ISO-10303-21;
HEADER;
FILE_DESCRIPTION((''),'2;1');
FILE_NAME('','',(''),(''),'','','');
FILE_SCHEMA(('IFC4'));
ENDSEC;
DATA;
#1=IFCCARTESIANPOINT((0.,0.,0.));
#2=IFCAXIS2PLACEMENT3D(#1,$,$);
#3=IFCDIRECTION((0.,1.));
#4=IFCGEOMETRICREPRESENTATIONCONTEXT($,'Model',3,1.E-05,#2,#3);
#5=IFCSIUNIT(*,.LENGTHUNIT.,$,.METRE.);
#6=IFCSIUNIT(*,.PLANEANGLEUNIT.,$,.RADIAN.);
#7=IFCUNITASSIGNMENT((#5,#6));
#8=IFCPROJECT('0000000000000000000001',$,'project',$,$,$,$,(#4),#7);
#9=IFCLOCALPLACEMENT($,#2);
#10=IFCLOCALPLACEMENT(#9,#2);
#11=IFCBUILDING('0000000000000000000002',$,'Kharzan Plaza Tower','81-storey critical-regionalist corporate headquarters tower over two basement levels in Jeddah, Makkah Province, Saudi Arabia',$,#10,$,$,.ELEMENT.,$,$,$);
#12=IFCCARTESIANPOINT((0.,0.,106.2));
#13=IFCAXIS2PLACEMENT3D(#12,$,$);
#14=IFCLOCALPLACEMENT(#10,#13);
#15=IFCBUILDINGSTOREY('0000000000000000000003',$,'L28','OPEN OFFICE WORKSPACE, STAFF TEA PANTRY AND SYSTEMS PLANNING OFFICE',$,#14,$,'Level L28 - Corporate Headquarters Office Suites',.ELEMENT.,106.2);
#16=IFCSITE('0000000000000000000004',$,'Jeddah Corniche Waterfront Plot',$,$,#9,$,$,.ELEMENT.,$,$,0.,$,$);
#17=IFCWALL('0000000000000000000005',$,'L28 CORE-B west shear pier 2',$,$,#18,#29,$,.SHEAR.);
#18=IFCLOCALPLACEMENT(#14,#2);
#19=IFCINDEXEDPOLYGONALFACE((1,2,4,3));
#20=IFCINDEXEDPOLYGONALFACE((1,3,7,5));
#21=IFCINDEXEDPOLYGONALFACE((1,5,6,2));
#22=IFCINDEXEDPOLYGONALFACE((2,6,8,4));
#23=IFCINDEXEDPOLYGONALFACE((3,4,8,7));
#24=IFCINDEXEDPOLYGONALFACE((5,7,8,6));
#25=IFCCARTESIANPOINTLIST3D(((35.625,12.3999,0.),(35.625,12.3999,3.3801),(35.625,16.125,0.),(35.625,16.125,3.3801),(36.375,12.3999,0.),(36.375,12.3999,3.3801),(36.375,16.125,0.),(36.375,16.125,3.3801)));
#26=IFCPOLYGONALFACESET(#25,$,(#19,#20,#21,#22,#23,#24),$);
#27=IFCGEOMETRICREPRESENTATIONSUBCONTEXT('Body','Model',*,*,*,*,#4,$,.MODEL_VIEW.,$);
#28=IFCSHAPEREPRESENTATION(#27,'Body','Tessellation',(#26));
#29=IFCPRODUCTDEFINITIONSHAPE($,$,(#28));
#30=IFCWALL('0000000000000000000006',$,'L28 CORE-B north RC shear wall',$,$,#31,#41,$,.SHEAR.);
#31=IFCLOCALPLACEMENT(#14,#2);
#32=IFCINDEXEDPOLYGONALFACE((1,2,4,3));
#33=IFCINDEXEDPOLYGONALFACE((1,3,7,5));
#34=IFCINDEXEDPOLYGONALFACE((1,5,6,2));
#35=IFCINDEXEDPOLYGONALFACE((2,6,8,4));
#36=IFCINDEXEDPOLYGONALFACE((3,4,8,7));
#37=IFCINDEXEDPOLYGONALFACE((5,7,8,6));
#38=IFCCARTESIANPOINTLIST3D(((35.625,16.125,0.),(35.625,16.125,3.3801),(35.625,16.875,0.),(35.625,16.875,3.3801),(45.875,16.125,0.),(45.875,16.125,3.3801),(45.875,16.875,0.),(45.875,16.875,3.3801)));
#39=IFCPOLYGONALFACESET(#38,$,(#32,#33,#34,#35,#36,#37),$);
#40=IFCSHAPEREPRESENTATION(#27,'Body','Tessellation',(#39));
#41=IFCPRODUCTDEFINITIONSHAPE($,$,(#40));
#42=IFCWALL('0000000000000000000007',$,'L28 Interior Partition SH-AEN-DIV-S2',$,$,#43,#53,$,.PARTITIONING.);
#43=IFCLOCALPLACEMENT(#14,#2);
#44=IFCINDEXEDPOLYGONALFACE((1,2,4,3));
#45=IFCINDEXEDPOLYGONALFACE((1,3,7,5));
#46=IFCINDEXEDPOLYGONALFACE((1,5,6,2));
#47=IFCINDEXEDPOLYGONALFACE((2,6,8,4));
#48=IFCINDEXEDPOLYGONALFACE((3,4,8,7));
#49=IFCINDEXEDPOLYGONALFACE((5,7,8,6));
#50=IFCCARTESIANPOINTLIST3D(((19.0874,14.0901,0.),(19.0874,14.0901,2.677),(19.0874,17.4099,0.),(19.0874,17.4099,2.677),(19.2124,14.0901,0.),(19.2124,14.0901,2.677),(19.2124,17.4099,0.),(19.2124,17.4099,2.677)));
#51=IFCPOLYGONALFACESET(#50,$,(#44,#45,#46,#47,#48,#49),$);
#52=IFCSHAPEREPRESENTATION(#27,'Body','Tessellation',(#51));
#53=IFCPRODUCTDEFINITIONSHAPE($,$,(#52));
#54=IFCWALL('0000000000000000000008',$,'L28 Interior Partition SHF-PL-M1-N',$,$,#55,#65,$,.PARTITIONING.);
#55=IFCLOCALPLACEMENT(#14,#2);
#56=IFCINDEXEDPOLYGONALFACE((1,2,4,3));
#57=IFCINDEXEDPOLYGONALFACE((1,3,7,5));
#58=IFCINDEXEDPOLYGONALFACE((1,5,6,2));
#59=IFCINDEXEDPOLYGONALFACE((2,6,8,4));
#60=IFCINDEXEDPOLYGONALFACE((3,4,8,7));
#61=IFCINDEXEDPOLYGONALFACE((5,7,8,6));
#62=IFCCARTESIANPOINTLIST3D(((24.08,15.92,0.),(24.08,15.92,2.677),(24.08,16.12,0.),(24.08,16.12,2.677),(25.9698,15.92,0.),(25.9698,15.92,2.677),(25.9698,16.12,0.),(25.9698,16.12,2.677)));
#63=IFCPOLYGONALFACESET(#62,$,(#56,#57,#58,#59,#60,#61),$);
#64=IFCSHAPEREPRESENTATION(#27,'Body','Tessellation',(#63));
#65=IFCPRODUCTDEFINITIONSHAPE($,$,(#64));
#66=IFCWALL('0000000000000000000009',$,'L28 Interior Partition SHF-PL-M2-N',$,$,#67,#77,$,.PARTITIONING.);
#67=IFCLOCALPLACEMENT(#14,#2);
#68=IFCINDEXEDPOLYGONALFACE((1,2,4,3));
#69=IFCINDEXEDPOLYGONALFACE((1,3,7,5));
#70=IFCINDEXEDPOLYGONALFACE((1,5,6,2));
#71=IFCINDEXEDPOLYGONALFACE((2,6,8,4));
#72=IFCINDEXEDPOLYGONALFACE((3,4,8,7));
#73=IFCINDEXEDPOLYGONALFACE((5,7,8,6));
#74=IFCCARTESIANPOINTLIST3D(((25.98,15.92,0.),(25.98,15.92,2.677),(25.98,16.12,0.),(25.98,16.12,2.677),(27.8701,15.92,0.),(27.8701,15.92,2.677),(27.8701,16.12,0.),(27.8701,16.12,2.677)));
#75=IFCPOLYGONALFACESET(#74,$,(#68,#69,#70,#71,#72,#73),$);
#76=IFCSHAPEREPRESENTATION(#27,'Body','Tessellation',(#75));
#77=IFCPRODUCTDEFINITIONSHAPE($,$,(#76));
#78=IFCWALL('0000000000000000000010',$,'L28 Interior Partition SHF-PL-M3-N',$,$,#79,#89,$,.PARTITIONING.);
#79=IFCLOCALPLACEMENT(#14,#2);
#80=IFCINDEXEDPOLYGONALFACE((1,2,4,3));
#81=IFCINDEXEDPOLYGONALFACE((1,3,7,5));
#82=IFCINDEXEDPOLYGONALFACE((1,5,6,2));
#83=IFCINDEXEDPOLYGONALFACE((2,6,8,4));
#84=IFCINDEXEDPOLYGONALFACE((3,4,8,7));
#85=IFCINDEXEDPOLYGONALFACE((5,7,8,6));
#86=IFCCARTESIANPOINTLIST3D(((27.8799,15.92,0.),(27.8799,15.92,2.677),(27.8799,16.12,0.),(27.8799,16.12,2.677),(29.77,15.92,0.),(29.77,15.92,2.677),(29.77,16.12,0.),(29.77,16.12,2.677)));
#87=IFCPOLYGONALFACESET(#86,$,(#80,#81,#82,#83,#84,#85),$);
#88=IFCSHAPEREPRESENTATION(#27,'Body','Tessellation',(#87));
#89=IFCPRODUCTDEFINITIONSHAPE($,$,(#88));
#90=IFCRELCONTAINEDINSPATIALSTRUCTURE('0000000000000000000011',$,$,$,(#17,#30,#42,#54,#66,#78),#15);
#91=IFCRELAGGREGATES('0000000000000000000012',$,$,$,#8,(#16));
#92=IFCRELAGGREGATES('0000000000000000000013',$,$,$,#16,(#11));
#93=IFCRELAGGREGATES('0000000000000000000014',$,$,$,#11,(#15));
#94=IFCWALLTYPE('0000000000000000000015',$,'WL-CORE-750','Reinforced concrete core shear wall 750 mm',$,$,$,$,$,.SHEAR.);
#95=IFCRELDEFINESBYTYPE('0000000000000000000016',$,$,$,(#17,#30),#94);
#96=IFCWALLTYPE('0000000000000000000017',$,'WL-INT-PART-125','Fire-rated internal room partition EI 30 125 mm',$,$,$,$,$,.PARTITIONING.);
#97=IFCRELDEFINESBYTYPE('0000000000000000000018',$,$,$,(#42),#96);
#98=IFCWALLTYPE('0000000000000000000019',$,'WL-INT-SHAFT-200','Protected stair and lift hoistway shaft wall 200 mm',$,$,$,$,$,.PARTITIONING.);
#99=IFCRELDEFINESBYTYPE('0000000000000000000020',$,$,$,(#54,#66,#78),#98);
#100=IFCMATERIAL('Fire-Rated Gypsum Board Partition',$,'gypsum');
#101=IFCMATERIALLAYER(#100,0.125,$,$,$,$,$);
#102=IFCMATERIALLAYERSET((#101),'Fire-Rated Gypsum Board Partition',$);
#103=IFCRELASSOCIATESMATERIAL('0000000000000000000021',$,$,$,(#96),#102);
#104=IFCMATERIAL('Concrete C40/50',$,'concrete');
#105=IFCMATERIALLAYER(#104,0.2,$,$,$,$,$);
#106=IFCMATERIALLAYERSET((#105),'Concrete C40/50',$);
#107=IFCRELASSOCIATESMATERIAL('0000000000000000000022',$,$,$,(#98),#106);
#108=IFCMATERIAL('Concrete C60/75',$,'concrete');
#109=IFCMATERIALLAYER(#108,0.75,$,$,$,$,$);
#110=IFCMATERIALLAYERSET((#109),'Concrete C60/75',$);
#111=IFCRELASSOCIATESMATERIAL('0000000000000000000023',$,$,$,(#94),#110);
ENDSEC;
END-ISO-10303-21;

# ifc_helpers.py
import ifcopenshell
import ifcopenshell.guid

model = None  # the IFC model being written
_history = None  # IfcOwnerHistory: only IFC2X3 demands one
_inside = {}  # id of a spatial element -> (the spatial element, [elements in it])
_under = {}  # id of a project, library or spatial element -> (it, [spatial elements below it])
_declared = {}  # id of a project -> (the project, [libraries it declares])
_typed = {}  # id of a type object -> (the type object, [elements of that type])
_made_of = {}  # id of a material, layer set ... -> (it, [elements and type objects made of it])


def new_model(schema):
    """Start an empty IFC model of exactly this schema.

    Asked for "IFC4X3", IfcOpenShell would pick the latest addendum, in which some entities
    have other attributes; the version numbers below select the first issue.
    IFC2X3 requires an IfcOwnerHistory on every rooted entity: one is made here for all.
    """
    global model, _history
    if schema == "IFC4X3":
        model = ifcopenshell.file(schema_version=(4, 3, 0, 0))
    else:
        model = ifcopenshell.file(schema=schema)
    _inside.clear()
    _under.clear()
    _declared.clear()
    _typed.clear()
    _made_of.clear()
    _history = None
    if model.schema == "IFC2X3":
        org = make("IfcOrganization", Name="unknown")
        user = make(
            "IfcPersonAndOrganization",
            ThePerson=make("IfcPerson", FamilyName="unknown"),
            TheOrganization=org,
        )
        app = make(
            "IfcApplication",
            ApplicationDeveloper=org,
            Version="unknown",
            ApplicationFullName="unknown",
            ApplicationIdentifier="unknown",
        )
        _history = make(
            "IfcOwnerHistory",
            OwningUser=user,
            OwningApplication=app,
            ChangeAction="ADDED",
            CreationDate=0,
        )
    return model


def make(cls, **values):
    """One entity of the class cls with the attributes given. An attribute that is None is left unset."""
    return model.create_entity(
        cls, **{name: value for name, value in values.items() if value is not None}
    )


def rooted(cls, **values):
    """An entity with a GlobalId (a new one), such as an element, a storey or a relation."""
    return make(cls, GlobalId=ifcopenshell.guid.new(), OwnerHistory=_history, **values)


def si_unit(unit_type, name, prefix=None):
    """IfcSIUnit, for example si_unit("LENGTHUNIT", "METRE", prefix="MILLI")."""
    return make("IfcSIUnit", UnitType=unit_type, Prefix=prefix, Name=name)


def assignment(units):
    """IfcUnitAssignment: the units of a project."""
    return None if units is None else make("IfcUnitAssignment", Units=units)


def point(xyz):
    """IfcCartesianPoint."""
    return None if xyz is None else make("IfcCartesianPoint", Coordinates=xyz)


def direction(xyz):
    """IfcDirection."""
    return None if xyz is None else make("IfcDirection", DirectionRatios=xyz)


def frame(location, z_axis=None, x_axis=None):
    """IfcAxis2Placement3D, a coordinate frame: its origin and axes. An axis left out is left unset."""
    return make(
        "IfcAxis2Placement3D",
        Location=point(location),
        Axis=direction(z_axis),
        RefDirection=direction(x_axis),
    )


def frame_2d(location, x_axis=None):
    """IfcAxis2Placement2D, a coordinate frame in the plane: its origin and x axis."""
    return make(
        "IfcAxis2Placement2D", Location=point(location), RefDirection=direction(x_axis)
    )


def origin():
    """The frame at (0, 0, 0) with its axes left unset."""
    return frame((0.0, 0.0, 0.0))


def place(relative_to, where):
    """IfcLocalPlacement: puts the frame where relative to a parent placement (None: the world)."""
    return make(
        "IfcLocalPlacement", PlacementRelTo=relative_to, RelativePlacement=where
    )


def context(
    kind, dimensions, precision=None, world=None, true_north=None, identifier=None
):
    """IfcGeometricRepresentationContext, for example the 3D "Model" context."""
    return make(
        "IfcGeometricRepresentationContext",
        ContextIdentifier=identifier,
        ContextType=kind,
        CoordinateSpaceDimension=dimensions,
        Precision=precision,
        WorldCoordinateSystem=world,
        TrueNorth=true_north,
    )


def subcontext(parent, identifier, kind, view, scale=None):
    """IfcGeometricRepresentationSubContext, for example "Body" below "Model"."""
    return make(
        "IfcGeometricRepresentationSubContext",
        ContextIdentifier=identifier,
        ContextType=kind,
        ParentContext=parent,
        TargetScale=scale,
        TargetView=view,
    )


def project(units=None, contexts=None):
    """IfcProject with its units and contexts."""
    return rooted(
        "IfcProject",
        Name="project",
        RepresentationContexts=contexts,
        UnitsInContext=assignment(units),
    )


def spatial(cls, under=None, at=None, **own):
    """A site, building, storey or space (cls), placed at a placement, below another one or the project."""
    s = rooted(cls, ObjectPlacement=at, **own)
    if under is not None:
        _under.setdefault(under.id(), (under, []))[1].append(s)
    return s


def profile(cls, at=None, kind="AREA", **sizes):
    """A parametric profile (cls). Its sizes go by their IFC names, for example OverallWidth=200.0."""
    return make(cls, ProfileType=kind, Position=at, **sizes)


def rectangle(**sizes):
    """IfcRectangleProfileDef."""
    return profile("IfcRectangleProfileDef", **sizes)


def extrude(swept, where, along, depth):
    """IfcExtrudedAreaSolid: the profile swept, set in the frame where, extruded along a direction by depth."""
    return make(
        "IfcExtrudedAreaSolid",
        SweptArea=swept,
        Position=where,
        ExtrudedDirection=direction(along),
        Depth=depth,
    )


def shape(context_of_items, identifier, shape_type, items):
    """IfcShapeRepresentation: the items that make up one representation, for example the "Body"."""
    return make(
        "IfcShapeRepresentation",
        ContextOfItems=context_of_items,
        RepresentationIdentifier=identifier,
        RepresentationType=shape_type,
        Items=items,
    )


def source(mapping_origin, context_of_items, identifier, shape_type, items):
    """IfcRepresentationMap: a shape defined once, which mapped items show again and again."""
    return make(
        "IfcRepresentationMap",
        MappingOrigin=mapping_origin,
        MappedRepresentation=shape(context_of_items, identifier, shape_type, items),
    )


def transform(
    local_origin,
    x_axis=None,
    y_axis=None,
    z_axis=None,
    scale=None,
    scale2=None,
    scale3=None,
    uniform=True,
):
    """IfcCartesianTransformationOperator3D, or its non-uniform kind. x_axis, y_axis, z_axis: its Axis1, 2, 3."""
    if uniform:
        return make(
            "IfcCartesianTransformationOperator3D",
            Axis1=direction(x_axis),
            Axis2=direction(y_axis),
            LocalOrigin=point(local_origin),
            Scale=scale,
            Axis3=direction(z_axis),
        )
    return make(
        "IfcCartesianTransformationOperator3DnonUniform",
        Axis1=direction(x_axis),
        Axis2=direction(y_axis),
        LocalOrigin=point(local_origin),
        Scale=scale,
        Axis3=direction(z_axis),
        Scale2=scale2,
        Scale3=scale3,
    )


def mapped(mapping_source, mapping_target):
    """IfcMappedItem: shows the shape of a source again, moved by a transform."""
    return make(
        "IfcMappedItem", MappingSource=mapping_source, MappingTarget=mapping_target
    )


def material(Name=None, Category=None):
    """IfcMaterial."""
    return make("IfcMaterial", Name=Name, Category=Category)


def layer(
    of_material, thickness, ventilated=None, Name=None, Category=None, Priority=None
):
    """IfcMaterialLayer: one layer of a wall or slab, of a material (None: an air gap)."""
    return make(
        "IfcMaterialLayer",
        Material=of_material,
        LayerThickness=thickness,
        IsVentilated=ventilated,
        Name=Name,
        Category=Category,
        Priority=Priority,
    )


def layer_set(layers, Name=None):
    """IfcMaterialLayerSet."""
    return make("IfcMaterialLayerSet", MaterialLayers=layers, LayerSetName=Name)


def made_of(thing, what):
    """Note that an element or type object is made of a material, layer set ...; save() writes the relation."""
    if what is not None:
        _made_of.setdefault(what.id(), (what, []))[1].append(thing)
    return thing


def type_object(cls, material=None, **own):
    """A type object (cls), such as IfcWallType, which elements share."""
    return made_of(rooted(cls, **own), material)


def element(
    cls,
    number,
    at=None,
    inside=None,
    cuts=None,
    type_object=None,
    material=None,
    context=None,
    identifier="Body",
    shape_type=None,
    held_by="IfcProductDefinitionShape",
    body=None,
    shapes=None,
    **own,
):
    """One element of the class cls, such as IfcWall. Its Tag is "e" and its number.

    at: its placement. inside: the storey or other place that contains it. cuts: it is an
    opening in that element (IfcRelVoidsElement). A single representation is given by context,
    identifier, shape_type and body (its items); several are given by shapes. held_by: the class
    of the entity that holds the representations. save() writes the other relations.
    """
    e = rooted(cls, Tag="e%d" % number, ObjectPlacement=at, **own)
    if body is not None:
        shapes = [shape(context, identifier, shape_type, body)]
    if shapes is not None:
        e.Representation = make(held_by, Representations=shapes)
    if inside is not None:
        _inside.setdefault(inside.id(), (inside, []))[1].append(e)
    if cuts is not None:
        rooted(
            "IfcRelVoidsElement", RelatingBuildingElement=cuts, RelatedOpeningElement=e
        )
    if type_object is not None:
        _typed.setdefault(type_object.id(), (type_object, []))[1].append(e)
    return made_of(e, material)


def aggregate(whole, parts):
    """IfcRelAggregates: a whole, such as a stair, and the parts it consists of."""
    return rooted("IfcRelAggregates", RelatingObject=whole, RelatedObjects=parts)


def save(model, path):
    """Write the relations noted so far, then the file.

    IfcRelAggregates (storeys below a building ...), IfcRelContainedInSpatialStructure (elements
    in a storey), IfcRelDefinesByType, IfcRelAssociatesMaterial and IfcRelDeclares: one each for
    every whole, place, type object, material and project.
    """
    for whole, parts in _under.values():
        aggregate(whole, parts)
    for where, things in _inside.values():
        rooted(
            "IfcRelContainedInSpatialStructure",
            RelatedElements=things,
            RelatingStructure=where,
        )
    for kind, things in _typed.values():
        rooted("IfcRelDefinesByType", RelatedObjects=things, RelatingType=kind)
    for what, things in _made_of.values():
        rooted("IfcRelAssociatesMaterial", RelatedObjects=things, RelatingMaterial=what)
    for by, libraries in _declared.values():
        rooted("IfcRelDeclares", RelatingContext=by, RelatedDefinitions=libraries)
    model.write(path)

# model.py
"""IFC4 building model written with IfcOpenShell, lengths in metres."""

from ifc_helpers import new_model, si_unit, direction, frame, frame_2d, origin, place, context, subcontext, project, spatial, rectangle, extrude, source, transform, mapped, material, layer, layer_set, type_object, element, save


model = new_model("IFC4")

# Units and contexts
model_context = context("Model", 3, precision=1e-05, world=origin(), true_north=direction((0.0, 1.0)))
body_context = subcontext(model_context, "Body", "Model", "MODEL_VIEW")
ifc_project = project(units=[si_unit("LENGTHUNIT", "METRE"), si_unit("PLANEANGLEUNIT", "RADIAN")], contexts=[model_context])

# Site, building, storey
site_placement = place(None, origin())
site = spatial("IfcSite", under=ifc_project, at=site_placement, Name="Jeddah Corniche Waterfront Plot", CompositionType="ELEMENT", RefElevation=0.0)
building_placement = place(site_placement, origin())
building = spatial("IfcBuilding", under=site, at=building_placement, Name="Kharzan Plaza Tower", Description="81-storey critical-regionalist corporate headquarters tower over two basement levels in Jeddah, Makkah Province, Saudi Arabia", CompositionType="ELEMENT")
storey_placement = place(building_placement, frame((0.0, 0.0, 106.2)))
storey = spatial("IfcBuildingStorey", under=building, at=storey_placement, Name="L28", Description="OPEN OFFICE WORKSPACE, STAFF TEA PANTRY AND SYSTEMS PLANNING OFFICE", LongName="Level L28 - Corporate Headquarters Office Suites", CompositionType="ELEMENT", Elevation=106.2)

# Shared definitions
ifc_material_1 = material(Name="Concrete C60/75", Category="concrete")

# Shared definitions
ifc_material_2 = material(Name="Fire-Rated Gypsum Board Partition", Category="gypsum")
ifc_layer_1 = layer(ifc_material_2, 0.125)
ifc_layer_set_1 = layer_set([ifc_layer_1], Name="Fire-Rated Gypsum Board Partition")
wall_type_1 = type_object("IfcWallType", Name="WL-INT-PART-125", Description="Fire-rated internal room partition EI 30 125 mm", PredefinedType="PARTITIONING", material=ifc_layer_set_1)
ifc_material_3 = material(Name="Concrete C40/50", Category="concrete")
ifc_layer_2 = layer(ifc_material_3, 0.2)
ifc_layer_set_2 = layer_set([ifc_layer_2], Name="Concrete C40/50")
wall_type_2 = type_object("IfcWallType", Name="WL-INT-SHAFT-200", Description="Protected stair and lift hoistway shaft wall 200 mm", PredefinedType="PARTITIONING", material=ifc_layer_set_2)

# Walls
ifc_layer_3 = layer(ifc_material_1, 0.75)
ifc_layer_set_3 = layer_set([ifc_layer_3], Name="Concrete C60/75")
wall_type_3 = type_object("IfcWallType", Name="WL-CORE-750", Description="Reinforced concrete core shear wall 750 mm", PredefinedType="SHEAR", material=ifc_layer_set_3)
shared_shape_1 = source(origin(), body_context, "Body", "SweptSolid", [
    extrude(rectangle(XDim=3.7251, YDim=0.75, at=frame_2d((1.8625, 0.0))), origin(), (0.0, 0.0, 1.0), 3.3801),
])
wall_1_placement = place(storey_placement, frame((36.0, 12.3999, 0.0), z_axis=(0.0, 0.0, 1.0), x_axis=(0.0, 1.0, 0.0)))
element("IfcWall", 1, at=wall_1_placement, inside=storey, type_object=wall_type_3, Name="L28 CORE-B west shear pier 2", PredefinedType="SHEAR", context=body_context, shape_type="MappedRepresentation", body=[
    mapped(shared_shape_1, transform((0.0, 0.0, 0.0), x_axis=(1.0, 0.0, 0.0), y_axis=(0.0, 1.0, 0.0), z_axis=(0.0, 0.0, 1.0))),
])
shared_shape_2 = source(origin(), body_context, "Body", "SweptSolid", [
    extrude(rectangle(XDim=10.25, YDim=0.75, at=frame_2d((5.125, 0.0))), origin(), (0.0, 0.0, 1.0), 3.3801),
])
wall_2_placement = place(storey_placement, frame((35.625, 16.5, 0.0), z_axis=(0.0, 0.0, 1.0), x_axis=(1.0, 0.0, 0.0)))
element("IfcWall", 2, at=wall_2_placement, inside=storey, type_object=wall_type_3, Name="L28 CORE-B north RC shear wall", PredefinedType="SHEAR", context=body_context, shape_type="MappedRepresentation", body=[
    mapped(shared_shape_2, transform((0.0, 0.0, 0.0), x_axis=(1.0, 0.0, 0.0), y_axis=(0.0, 1.0, 0.0), z_axis=(0.0, 0.0, 1.0))),
])
shared_shape_3 = source(origin(), body_context, "Body", "SweptSolid", [
    extrude(rectangle(XDim=3.3198, YDim=0.125, at=frame_2d((1.6599, 0.0))), origin(), (0.0, 0.0, 1.0), 2.677),
])
wall_3_placement = place(storey_placement, frame((19.1499, 14.0901, 0.0), z_axis=(0.0, 0.0, 1.0), x_axis=(0.0, 1.0, 0.0)))
element("IfcWall", 3, at=wall_3_placement, inside=storey, type_object=wall_type_1, Name="L28 Interior Partition SH-AEN-DIV-S2", PredefinedType="PARTITIONING", context=body_context, shape_type="MappedRepresentation", body=[
    mapped(shared_shape_3, transform((0.0, 0.0, 0.0), x_axis=(1.0, 0.0, 0.0), y_axis=(0.0, 1.0, 0.0), z_axis=(0.0, 0.0, 1.0))),
])
shared_shape_4 = source(origin(), body_context, "Body", "SweptSolid", [
    extrude(rectangle(XDim=1.8899, YDim=0.2, at=frame_2d((0.9448, 0.0))), origin(), (0.0, 0.0, 1.0), 2.677),
])
wall_4_placement = place(storey_placement, frame((24.0801, 16.02, 0.0), z_axis=(0.0, 0.0, 1.0), x_axis=(1.0, 0.0, 0.0)))
element("IfcWall", 4, at=wall_4_placement, inside=storey, type_object=wall_type_2, Name="L28 Interior Partition SHF-PL-M1-N", PredefinedType="PARTITIONING", context=body_context, shape_type="MappedRepresentation", body=[
    mapped(shared_shape_4, transform((0.0, 0.0, 0.0), x_axis=(1.0, 0.0, 0.0), y_axis=(0.0, 1.0, 0.0), z_axis=(0.0, 0.0, 1.0))),
])
shared_shape_5 = source(origin(), body_context, "Body", "SweptSolid", [
    extrude(rectangle(XDim=1.8901, YDim=0.2, at=frame_2d((0.9451, 0.0))), origin(), (0.0, 0.0, 1.0), 2.677),
])
for number, where, z_axis, x_axis, name in (
    (5, (25.98, 16.02, 0.0), (0.0, 0.0, 1.0), (1.0, 0.0, 0.0), "L28 Interior Partition SHF-PL-M2-N"),
    (6, (27.8799, 16.02, 0.0), (0.0, 0.0, 1.0), (1.0, 0.0, 0.0), "L28 Interior Partition SHF-PL-M3-N"),
):
    element("IfcWall", number, at=place(storey_placement, frame(where, z_axis=z_axis, x_axis=x_axis)), inside=storey, type_object=wall_type_2, Name=name, PredefinedType="PARTITIONING", context=body_context, shape_type="MappedRepresentation", body=[
        mapped(shared_shape_5, transform((0.0, 0.0, 0.0), x_axis=(1.0, 0.0, 0.0), y_axis=(0.0, 1.0, 0.0), z_axis=(0.0, 0.0, 1.0))),
    ])

save(model, "model.ifc")
